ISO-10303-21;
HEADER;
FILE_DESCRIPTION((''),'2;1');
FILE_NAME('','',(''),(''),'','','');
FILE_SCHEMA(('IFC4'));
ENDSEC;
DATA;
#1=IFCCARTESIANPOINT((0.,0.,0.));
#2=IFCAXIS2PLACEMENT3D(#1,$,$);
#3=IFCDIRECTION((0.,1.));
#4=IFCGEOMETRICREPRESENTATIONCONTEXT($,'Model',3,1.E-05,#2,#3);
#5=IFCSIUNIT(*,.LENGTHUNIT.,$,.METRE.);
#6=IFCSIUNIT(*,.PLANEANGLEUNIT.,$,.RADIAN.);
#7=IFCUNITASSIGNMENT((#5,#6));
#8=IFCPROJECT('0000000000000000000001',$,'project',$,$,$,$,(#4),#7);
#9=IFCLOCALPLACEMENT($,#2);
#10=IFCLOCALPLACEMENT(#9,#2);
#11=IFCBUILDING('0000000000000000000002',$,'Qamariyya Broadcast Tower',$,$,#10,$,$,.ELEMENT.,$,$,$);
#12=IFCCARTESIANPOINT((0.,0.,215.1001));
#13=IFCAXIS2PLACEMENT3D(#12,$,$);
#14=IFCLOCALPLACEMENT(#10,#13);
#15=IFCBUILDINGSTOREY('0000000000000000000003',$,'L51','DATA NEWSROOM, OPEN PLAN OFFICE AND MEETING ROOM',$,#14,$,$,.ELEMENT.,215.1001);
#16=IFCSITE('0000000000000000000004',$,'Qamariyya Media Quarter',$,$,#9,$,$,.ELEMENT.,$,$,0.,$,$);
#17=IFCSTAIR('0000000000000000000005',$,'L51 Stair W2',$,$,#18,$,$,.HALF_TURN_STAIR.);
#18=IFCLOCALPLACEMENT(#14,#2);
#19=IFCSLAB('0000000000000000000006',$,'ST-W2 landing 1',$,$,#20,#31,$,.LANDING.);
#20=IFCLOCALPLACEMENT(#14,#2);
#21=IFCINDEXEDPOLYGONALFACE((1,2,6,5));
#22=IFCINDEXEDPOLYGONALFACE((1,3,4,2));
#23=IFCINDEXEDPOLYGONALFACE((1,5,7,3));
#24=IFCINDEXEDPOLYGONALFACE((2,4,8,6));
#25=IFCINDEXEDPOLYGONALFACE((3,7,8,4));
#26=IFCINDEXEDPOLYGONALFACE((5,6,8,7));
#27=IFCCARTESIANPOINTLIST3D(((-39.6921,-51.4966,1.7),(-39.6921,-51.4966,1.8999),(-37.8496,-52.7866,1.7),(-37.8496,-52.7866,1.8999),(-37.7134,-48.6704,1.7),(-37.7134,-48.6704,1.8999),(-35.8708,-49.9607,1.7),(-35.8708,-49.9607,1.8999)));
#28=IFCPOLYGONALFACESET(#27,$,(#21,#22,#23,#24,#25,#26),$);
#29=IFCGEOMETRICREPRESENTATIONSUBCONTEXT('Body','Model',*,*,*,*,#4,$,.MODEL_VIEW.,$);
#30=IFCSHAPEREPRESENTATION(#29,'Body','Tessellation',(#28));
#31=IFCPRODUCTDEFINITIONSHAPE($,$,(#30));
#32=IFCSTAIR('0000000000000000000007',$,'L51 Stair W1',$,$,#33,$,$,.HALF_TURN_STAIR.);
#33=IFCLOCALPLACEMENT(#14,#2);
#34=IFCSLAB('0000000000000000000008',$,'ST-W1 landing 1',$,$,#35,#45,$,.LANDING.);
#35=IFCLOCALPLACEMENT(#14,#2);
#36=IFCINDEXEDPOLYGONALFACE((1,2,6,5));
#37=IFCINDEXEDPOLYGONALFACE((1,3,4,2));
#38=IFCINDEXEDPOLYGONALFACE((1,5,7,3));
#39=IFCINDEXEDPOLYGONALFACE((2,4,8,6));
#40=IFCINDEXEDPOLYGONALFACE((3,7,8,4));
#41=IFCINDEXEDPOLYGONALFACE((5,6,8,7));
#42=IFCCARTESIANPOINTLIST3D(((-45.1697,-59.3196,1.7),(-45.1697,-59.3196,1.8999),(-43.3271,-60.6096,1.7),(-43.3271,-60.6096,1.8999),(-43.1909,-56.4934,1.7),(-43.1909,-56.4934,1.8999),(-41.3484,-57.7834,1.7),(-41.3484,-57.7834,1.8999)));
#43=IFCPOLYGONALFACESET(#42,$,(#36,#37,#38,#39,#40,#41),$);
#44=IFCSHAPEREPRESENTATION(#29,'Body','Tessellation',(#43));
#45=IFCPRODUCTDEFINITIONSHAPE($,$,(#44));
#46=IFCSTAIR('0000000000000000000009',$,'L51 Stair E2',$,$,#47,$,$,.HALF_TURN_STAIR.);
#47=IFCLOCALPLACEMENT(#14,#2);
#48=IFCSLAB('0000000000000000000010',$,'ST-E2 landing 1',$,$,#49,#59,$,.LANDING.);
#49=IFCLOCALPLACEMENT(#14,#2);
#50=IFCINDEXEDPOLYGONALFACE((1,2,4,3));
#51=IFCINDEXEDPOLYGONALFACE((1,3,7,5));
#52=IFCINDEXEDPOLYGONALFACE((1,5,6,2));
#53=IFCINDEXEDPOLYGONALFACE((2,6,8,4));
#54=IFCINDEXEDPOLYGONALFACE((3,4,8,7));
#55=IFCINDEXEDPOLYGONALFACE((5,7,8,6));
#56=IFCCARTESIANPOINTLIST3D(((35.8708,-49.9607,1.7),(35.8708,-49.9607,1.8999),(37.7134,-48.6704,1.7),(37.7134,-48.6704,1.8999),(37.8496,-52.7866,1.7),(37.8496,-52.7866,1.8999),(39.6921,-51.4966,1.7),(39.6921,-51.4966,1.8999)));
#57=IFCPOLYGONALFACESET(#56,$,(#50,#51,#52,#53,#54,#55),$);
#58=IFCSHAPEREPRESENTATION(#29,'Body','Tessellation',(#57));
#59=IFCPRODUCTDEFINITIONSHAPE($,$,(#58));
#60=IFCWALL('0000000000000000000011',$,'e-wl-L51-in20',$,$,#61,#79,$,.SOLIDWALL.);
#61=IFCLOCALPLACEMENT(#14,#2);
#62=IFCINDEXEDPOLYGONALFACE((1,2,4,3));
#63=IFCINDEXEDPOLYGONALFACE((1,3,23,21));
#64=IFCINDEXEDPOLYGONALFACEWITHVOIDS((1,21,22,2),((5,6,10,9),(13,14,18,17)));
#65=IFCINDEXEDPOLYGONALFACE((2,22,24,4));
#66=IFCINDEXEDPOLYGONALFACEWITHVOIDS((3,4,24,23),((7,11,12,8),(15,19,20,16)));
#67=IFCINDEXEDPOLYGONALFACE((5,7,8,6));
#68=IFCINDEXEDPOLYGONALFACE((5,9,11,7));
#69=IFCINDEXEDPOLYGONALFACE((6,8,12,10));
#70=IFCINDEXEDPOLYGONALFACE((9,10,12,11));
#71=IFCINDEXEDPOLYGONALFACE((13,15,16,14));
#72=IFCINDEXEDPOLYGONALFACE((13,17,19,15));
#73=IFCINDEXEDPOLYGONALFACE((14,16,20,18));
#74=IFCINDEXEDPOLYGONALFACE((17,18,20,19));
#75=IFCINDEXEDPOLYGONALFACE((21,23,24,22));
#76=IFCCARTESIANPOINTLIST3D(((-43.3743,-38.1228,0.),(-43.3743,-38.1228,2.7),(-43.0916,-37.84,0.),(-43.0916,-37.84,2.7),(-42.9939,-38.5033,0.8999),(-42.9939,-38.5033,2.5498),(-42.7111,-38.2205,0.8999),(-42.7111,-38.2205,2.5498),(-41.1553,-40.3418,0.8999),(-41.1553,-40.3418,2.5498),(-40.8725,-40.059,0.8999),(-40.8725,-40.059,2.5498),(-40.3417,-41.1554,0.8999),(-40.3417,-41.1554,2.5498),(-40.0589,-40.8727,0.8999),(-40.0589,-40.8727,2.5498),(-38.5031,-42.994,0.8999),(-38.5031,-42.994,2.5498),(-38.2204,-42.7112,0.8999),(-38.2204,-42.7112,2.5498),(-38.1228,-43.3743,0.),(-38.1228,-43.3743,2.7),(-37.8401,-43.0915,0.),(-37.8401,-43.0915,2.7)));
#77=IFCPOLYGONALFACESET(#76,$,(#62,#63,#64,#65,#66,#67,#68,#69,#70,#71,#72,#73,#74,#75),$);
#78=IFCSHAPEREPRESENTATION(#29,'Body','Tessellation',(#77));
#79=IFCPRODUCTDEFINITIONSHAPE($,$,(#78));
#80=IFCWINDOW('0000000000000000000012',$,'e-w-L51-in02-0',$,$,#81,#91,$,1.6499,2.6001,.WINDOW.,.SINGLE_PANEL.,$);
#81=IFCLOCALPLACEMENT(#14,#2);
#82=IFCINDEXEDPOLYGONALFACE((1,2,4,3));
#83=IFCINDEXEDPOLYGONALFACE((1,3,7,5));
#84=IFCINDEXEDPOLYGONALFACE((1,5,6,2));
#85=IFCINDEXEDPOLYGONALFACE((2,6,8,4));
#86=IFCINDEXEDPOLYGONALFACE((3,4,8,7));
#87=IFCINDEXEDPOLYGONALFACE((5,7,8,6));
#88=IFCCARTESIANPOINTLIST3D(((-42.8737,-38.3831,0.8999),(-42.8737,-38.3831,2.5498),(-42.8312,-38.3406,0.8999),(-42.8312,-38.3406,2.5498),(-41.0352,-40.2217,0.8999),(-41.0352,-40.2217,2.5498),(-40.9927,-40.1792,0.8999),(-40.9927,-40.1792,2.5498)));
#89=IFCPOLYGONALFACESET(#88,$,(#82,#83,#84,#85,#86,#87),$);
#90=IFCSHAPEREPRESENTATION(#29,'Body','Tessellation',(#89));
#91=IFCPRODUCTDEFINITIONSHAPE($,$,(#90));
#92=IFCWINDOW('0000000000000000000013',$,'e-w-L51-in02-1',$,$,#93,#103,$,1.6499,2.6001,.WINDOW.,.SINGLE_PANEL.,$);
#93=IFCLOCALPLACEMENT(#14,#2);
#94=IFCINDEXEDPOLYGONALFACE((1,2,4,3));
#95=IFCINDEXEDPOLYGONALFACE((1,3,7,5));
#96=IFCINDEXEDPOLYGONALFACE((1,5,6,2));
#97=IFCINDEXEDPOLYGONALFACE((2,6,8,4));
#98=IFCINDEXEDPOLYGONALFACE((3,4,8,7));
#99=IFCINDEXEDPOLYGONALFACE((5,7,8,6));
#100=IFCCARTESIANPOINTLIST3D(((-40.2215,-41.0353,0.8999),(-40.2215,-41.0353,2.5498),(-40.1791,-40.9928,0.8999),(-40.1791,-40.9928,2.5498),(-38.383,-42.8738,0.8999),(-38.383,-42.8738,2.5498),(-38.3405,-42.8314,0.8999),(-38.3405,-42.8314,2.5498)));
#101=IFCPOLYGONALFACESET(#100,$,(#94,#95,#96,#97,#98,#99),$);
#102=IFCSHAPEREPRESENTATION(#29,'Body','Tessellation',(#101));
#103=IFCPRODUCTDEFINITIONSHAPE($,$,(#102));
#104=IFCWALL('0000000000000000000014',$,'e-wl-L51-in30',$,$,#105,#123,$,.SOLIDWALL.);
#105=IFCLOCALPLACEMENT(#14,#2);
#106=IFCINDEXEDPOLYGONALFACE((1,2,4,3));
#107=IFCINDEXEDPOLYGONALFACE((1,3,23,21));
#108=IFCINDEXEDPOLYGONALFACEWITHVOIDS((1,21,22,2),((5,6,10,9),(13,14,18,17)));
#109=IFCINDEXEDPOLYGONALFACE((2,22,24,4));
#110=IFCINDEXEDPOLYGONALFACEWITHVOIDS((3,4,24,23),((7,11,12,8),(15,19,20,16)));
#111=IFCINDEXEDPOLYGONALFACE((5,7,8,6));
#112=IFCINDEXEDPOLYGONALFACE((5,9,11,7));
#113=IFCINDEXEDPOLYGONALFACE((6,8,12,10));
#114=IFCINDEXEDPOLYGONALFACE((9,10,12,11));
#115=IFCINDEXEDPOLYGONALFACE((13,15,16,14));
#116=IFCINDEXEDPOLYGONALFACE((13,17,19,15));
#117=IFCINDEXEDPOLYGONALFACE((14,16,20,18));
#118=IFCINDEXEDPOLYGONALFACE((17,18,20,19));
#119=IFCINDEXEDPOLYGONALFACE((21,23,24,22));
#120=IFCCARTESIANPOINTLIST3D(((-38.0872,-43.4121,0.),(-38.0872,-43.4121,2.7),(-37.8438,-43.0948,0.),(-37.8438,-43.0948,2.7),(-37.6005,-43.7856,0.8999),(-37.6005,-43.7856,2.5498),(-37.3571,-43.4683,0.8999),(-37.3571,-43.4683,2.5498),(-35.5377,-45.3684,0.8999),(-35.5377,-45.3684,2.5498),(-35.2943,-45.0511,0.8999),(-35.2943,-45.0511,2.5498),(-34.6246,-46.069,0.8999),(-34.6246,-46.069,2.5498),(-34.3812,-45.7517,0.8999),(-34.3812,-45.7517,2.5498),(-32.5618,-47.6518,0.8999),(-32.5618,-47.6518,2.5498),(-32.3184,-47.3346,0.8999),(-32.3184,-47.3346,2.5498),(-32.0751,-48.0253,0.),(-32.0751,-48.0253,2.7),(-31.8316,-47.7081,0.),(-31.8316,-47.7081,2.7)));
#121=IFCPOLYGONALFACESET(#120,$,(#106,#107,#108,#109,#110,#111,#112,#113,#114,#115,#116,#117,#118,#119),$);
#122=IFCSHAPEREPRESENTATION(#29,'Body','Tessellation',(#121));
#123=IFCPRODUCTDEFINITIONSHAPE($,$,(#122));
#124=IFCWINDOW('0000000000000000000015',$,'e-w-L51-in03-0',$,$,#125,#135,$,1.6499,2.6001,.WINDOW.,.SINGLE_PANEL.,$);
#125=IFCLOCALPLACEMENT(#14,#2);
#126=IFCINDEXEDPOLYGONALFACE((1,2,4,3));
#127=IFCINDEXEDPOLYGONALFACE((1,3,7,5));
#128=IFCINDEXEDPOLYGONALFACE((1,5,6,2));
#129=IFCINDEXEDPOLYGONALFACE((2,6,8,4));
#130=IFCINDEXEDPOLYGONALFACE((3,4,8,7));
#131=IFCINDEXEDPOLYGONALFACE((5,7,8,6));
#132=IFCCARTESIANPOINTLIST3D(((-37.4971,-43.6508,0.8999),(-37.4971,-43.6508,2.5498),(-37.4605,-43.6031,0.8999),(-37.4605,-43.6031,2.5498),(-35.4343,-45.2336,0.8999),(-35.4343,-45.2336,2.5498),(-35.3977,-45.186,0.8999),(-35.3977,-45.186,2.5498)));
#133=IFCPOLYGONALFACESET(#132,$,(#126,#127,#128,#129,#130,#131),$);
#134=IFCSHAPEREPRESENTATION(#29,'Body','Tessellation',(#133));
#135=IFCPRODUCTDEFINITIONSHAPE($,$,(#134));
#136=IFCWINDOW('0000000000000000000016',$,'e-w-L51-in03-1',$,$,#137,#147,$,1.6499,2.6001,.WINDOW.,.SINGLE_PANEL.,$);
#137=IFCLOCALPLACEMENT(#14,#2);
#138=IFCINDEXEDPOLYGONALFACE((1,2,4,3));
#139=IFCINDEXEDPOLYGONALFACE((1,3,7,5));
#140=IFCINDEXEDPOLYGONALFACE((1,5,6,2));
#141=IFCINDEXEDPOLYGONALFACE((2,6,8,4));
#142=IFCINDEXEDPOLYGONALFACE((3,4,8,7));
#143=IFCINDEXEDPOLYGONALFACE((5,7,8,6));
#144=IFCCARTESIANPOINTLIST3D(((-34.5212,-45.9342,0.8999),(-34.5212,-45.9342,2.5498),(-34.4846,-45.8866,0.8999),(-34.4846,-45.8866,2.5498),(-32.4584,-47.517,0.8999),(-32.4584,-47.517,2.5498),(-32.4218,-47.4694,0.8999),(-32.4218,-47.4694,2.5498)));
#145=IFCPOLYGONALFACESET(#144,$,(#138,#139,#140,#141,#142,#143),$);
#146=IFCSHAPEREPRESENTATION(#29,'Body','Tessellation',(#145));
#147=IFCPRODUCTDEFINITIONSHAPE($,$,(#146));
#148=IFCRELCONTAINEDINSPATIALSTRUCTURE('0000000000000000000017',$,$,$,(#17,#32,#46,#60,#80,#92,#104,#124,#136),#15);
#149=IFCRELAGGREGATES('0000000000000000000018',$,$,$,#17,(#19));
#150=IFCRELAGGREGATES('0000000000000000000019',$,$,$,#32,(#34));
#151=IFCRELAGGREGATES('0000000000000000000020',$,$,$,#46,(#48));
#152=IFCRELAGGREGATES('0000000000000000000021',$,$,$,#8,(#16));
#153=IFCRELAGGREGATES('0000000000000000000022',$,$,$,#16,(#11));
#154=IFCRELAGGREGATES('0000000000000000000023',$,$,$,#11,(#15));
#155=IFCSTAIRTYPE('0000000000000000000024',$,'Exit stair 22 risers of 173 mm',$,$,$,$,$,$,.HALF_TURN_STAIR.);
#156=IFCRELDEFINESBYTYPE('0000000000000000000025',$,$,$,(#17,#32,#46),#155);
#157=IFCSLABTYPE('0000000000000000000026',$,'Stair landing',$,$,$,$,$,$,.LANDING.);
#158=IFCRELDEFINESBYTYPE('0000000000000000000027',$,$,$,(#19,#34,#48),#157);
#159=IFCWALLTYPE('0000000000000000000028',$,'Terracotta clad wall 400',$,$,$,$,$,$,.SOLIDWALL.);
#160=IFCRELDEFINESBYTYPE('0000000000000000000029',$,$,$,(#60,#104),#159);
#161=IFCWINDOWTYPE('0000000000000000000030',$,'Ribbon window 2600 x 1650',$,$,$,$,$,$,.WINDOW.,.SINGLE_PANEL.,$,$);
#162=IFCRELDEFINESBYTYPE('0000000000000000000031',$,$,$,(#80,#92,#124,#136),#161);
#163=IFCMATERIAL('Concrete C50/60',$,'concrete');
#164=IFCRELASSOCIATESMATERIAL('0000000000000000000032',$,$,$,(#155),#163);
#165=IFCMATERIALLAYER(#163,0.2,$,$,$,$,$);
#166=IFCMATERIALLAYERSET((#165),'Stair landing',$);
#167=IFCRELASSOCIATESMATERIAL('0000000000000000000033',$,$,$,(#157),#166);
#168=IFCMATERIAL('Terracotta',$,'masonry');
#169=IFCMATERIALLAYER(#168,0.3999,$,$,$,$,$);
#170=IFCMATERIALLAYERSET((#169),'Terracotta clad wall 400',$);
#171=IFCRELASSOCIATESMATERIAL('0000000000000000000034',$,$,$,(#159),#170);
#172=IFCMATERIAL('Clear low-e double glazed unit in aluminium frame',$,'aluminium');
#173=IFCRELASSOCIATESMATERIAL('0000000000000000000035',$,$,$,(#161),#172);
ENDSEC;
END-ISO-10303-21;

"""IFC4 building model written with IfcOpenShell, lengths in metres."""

from ifc_helpers import new_model, si_unit, direction, frame, frame_2d, origin, place, context, subcontext, project, spatial, polyline, rectangle, outline, extrude, material, layer, layer_set, type_object, element, fill, aggregate, save


model = new_model("IFC4")

# Units and contexts
model_context = context("Model", 3, precision=1e-05, world=origin(), true_north=direction((0.0, 1.0)))
body_context = subcontext(model_context, "Body", "Model", "MODEL_VIEW")
ifc_project = project(units=[si_unit("LENGTHUNIT", "METRE"), si_unit("PLANEANGLEUNIT", "RADIAN")], contexts=[model_context])

# Site, building, storey
site_placement = place(None, origin())
site = spatial("IfcSite", under=ifc_project, at=site_placement, Name="Qamariyya Media Quarter", CompositionType="ELEMENT", RefElevation=0.0)
building_placement = place(site_placement, origin())
building = spatial("IfcBuilding", under=site, at=building_placement, Name="Qamariyya Broadcast Tower", CompositionType="ELEMENT")
storey_placement = place(building_placement, frame((0.0, 0.0, 215.1001)))
storey = spatial("IfcBuildingStorey", under=building, at=storey_placement, Name="L51", Description="DATA NEWSROOM, OPEN PLAN OFFICE AND MEETING ROOM", CompositionType="ELEMENT", Elevation=215.1001)

# Stairs, slabs
ifc_material_1 = material(Name="Concrete C50/60", Category="concrete")
stair_type = type_object("IfcStairType", Name="Exit stair 22 risers of 173 mm", PredefinedType="HALF_TURN_STAIR", material=ifc_material_1)
stair_1_placement = place(storey_placement, origin())
stair_1 = element("IfcStair", 1, at=stair_1_placement, inside=storey, type_object=stair_type, Name="L51 Stair W2", PredefinedType="HALF_TURN_STAIR")
ifc_layer_1 = layer(ifc_material_1, 0.2)
ifc_layer_set_1 = layer_set([ifc_layer_1], Name="Stair landing")
slab_type_1 = type_object("IfcSlabType", Name="Stair landing", PredefinedType="LANDING", material=ifc_layer_set_1)
slab_1_placement = place(storey_placement, frame((0.0, 0.0, 1.7)))
slab_1 = element("IfcSlab", 2, at=slab_1_placement, type_object=slab_type_1, Name="ST-W2 landing 1", PredefinedType="LANDING", context=body_context, shape_type="SweptSolid", body=[
    extrude(outline(polyline([(-39.6921, -51.4966), (-37.8496, -52.7866), (-35.8708, -49.9607), (-37.7134, -48.6704), (-39.6921, -51.4966)])), origin(), (0.0, 0.0, 1.0), 0.2),
])
aggregate(stair_1, [slab_1])
stair_2_placement = place(storey_placement, origin())
stair_2 = element("IfcStair", 3, at=stair_2_placement, inside=storey, type_object=stair_type, Name="L51 Stair W1", PredefinedType="HALF_TURN_STAIR")
slab_2_placement = place(storey_placement, frame((0.0, 0.0, 1.7)))
slab_2 = element("IfcSlab", 4, at=slab_2_placement, type_object=slab_type_1, Name="ST-W1 landing 1", PredefinedType="LANDING", context=body_context, shape_type="SweptSolid", body=[
    extrude(outline(polyline([(-45.1697, -59.3196), (-43.3271, -60.6096), (-41.3484, -57.7834), (-43.1909, -56.4934), (-45.1697, -59.3196)])), origin(), (0.0, 0.0, 1.0), 0.2),
])
aggregate(stair_2, [slab_2])
stair_3_placement = place(storey_placement, origin())
stair_3 = element("IfcStair", 5, at=stair_3_placement, inside=storey, type_object=stair_type, Name="L51 Stair E2", PredefinedType="HALF_TURN_STAIR")
slab_3_placement = place(storey_placement, frame((0.0, 0.0, 1.7)))
slab_3 = element("IfcSlab", 6, at=slab_3_placement, type_object=slab_type_1, Name="ST-E2 landing 1", PredefinedType="LANDING", context=body_context, shape_type="SweptSolid", body=[
    extrude(outline(polyline([(37.7134, -48.6704), (35.8708, -49.9607), (37.8496, -52.7866), (39.6921, -51.4966), (37.7134, -48.6704)])), origin(), (0.0, 0.0, 1.0), 0.2),
])
aggregate(stair_3, [slab_3])

# Walls, openings, windows
ifc_material_2 = material(Name="Terracotta", Category="masonry")
ifc_layer_2 = layer(ifc_material_2, 0.3999)
ifc_layer_set_2 = layer_set([ifc_layer_2], Name="Terracotta clad wall 400")
wall_type = type_object("IfcWallType", Name="Terracotta clad wall 400", PredefinedType="SOLIDWALL", material=ifc_layer_set_2)
wall_1_placement = place(storey_placement, frame((-37.9814, -43.2329, 0.0), z_axis=(0.0, 0.0, 1.0), x_axis=(-0.707107, 0.707107, 0.0)))
wall_1 = element("IfcWall", 7, at=wall_1_placement, inside=storey, type_object=wall_type, Name="e-wl-L51-in20", PredefinedType="SOLIDWALL", context=body_context, shape_type="SweptSolid", body=[
    extrude(rectangle(XDim=7.4268, YDim=0.3999, at=frame_2d((3.7134, 0.0))), origin(), (0.0, 0.0, 1.0), 2.7),
])
opening_1_placement = place(wall_1_placement, frame((4.2886, 0.0, 0.8999)))
opening_1 = element("IfcOpeningElement", 8, at=opening_1_placement, cuts=wall_1, PredefinedType="OPENING", context=body_context, shape_type="SweptSolid", body=[
    extrude(rectangle(XDim=2.6001, YDim=1.6499, at=frame_2d((1.3, 0.825))), frame((0.0, 0.21, 0.0), z_axis=(0.0, -1.0, 0.0), x_axis=(1.0, 0.0, 0.0)), (0.0, 0.0, 1.0), 0.4199),
])
opening_2_placement = place(wall_1_placement, frame((0.5378, 0.0, 0.8999)))
opening_2 = element("IfcOpeningElement", 9, at=opening_2_placement, cuts=wall_1, PredefinedType="OPENING", context=body_context, shape_type="SweptSolid", body=[
    extrude(rectangle(XDim=2.6001, YDim=1.6499, at=frame_2d((1.3, 0.825))), frame((0.0, 0.21, 0.0), z_axis=(0.0, -1.0, 0.0), x_axis=(1.0, 0.0, 0.0)), (0.0, 0.0, 1.0), 0.4199),
])
ifc_material_3 = material(Name="Clear low-e double glazed unit in aluminium frame", Category="aluminium")
window_type = type_object("IfcWindowType", Name="Ribbon window 2600 x 1650", PartitioningType="SINGLE_PANEL", PredefinedType="WINDOW", material=ifc_material_3)
window_1_placement = place(opening_1_placement, origin())
window_1 = element("IfcWindow", 10, at=window_1_placement, inside=storey, type_object=window_type, Name="e-w-L51-in02-0", OverallHeight=1.6499, OverallWidth=2.6001, PartitioningType="SINGLE_PANEL", PredefinedType="WINDOW", context=body_context, shape_type="SweptSolid", body=[
    extrude(rectangle(XDim=2.6001, YDim=1.6499, at=frame_2d((1.3, 0.825))), frame((0.0, 0.03, 0.0), z_axis=(0.0, -1.0, 0.0), x_axis=(1.0, 0.0, 0.0)), (0.0, 0.0, 1.0), 0.0601),
])
fill(opening_1, window_1)
window_2_placement = place(opening_2_placement, origin())
window_2 = element("IfcWindow", 11, at=window_2_placement, inside=storey, type_object=window_type, Name="e-w-L51-in02-1", OverallHeight=1.6499, OverallWidth=2.6001, PartitioningType="SINGLE_PANEL", PredefinedType="WINDOW", context=body_context, shape_type="SweptSolid", body=[
    extrude(rectangle(XDim=2.6001, YDim=1.6499, at=frame_2d((1.3, 0.825))), frame((0.0, 0.03, 0.0), z_axis=(0.0, -1.0, 0.0), x_axis=(1.0, 0.0, 0.0)), (0.0, 0.0, 1.0), 0.0601),
])
fill(opening_2, window_2)
wall_2_placement = place(storey_placement, frame((-31.9534, -47.8667, 0.0), z_axis=(0.0, 0.0, 1.0), x_axis=(-0.793356, 0.608757, 0.0)))
wall_2 = element("IfcWall", 12, at=wall_2_placement, inside=storey, type_object=wall_type, Name="e-wl-L51-in30", PredefinedType="SOLIDWALL", context=body_context, shape_type="SweptSolid", body=[
    extrude(rectangle(XDim=7.5781, YDim=0.3999, at=frame_2d((3.7891, 0.0))), origin(), (0.0, 0.0, 1.0), 2.7),
])
opening_3_placement = place(wall_2_placement, frame((4.3645, 0.0, 0.8999)))
opening_3 = element("IfcOpeningElement", 13, at=opening_3_placement, cuts=wall_2, PredefinedType="OPENING", context=body_context, shape_type="SweptSolid", body=[
    extrude(rectangle(XDim=2.6001, YDim=1.6499, at=frame_2d((1.3, 0.825))), frame((0.0, 0.21, 0.0), z_axis=(0.0, -1.0, 0.0), x_axis=(1.0, 0.0, 0.0)), (0.0, 0.0, 1.0), 0.4199),
])
opening_4_placement = place(wall_2_placement, frame((0.6135, 0.0, 0.8999)))
opening_4 = element("IfcOpeningElement", 14, at=opening_4_placement, cuts=wall_2, PredefinedType="OPENING", context=body_context, shape_type="SweptSolid", body=[
    extrude(rectangle(XDim=2.6001, YDim=1.6499, at=frame_2d((1.3, 0.825))), frame((0.0, 0.21, 0.0), z_axis=(0.0, -1.0, 0.0), x_axis=(1.0, 0.0, 0.0)), (0.0, 0.0, 1.0), 0.4199),
])
window_3_placement = place(opening_3_placement, origin())
window_3 = element("IfcWindow", 15, at=window_3_placement, inside=storey, type_object=window_type, Name="e-w-L51-in03-0", OverallHeight=1.6499, OverallWidth=2.6001, PartitioningType="SINGLE_PANEL", PredefinedType="WINDOW", context=body_context, shape_type="SweptSolid", body=[
    extrude(rectangle(XDim=2.6001, YDim=1.6499, at=frame_2d((1.3, 0.825))), frame((0.0, 0.03, 0.0), z_axis=(0.0, -1.0, 0.0), x_axis=(1.0, 0.0, 0.0)), (0.0, 0.0, 1.0), 0.0601),
])
fill(opening_3, window_3)
window_4_placement = place(opening_4_placement, origin())
window_4 = element("IfcWindow", 16, at=window_4_placement, inside=storey, type_object=window_type, Name="e-w-L51-in03-1", OverallHeight=1.6499, OverallWidth=2.6001, PartitioningType="SINGLE_PANEL", PredefinedType="WINDOW", context=body_context, shape_type="SweptSolid", body=[
    extrude(rectangle(XDim=2.6001, YDim=1.6499, at=frame_2d((1.3, 0.825))), frame((0.0, 0.03, 0.0), z_axis=(0.0, -1.0, 0.0), x_axis=(1.0, 0.0, 0.0)), (0.0, 0.0, 1.0), 0.0601),
])
fill(opening_4, window_4)

save(model, "model.ifc")
